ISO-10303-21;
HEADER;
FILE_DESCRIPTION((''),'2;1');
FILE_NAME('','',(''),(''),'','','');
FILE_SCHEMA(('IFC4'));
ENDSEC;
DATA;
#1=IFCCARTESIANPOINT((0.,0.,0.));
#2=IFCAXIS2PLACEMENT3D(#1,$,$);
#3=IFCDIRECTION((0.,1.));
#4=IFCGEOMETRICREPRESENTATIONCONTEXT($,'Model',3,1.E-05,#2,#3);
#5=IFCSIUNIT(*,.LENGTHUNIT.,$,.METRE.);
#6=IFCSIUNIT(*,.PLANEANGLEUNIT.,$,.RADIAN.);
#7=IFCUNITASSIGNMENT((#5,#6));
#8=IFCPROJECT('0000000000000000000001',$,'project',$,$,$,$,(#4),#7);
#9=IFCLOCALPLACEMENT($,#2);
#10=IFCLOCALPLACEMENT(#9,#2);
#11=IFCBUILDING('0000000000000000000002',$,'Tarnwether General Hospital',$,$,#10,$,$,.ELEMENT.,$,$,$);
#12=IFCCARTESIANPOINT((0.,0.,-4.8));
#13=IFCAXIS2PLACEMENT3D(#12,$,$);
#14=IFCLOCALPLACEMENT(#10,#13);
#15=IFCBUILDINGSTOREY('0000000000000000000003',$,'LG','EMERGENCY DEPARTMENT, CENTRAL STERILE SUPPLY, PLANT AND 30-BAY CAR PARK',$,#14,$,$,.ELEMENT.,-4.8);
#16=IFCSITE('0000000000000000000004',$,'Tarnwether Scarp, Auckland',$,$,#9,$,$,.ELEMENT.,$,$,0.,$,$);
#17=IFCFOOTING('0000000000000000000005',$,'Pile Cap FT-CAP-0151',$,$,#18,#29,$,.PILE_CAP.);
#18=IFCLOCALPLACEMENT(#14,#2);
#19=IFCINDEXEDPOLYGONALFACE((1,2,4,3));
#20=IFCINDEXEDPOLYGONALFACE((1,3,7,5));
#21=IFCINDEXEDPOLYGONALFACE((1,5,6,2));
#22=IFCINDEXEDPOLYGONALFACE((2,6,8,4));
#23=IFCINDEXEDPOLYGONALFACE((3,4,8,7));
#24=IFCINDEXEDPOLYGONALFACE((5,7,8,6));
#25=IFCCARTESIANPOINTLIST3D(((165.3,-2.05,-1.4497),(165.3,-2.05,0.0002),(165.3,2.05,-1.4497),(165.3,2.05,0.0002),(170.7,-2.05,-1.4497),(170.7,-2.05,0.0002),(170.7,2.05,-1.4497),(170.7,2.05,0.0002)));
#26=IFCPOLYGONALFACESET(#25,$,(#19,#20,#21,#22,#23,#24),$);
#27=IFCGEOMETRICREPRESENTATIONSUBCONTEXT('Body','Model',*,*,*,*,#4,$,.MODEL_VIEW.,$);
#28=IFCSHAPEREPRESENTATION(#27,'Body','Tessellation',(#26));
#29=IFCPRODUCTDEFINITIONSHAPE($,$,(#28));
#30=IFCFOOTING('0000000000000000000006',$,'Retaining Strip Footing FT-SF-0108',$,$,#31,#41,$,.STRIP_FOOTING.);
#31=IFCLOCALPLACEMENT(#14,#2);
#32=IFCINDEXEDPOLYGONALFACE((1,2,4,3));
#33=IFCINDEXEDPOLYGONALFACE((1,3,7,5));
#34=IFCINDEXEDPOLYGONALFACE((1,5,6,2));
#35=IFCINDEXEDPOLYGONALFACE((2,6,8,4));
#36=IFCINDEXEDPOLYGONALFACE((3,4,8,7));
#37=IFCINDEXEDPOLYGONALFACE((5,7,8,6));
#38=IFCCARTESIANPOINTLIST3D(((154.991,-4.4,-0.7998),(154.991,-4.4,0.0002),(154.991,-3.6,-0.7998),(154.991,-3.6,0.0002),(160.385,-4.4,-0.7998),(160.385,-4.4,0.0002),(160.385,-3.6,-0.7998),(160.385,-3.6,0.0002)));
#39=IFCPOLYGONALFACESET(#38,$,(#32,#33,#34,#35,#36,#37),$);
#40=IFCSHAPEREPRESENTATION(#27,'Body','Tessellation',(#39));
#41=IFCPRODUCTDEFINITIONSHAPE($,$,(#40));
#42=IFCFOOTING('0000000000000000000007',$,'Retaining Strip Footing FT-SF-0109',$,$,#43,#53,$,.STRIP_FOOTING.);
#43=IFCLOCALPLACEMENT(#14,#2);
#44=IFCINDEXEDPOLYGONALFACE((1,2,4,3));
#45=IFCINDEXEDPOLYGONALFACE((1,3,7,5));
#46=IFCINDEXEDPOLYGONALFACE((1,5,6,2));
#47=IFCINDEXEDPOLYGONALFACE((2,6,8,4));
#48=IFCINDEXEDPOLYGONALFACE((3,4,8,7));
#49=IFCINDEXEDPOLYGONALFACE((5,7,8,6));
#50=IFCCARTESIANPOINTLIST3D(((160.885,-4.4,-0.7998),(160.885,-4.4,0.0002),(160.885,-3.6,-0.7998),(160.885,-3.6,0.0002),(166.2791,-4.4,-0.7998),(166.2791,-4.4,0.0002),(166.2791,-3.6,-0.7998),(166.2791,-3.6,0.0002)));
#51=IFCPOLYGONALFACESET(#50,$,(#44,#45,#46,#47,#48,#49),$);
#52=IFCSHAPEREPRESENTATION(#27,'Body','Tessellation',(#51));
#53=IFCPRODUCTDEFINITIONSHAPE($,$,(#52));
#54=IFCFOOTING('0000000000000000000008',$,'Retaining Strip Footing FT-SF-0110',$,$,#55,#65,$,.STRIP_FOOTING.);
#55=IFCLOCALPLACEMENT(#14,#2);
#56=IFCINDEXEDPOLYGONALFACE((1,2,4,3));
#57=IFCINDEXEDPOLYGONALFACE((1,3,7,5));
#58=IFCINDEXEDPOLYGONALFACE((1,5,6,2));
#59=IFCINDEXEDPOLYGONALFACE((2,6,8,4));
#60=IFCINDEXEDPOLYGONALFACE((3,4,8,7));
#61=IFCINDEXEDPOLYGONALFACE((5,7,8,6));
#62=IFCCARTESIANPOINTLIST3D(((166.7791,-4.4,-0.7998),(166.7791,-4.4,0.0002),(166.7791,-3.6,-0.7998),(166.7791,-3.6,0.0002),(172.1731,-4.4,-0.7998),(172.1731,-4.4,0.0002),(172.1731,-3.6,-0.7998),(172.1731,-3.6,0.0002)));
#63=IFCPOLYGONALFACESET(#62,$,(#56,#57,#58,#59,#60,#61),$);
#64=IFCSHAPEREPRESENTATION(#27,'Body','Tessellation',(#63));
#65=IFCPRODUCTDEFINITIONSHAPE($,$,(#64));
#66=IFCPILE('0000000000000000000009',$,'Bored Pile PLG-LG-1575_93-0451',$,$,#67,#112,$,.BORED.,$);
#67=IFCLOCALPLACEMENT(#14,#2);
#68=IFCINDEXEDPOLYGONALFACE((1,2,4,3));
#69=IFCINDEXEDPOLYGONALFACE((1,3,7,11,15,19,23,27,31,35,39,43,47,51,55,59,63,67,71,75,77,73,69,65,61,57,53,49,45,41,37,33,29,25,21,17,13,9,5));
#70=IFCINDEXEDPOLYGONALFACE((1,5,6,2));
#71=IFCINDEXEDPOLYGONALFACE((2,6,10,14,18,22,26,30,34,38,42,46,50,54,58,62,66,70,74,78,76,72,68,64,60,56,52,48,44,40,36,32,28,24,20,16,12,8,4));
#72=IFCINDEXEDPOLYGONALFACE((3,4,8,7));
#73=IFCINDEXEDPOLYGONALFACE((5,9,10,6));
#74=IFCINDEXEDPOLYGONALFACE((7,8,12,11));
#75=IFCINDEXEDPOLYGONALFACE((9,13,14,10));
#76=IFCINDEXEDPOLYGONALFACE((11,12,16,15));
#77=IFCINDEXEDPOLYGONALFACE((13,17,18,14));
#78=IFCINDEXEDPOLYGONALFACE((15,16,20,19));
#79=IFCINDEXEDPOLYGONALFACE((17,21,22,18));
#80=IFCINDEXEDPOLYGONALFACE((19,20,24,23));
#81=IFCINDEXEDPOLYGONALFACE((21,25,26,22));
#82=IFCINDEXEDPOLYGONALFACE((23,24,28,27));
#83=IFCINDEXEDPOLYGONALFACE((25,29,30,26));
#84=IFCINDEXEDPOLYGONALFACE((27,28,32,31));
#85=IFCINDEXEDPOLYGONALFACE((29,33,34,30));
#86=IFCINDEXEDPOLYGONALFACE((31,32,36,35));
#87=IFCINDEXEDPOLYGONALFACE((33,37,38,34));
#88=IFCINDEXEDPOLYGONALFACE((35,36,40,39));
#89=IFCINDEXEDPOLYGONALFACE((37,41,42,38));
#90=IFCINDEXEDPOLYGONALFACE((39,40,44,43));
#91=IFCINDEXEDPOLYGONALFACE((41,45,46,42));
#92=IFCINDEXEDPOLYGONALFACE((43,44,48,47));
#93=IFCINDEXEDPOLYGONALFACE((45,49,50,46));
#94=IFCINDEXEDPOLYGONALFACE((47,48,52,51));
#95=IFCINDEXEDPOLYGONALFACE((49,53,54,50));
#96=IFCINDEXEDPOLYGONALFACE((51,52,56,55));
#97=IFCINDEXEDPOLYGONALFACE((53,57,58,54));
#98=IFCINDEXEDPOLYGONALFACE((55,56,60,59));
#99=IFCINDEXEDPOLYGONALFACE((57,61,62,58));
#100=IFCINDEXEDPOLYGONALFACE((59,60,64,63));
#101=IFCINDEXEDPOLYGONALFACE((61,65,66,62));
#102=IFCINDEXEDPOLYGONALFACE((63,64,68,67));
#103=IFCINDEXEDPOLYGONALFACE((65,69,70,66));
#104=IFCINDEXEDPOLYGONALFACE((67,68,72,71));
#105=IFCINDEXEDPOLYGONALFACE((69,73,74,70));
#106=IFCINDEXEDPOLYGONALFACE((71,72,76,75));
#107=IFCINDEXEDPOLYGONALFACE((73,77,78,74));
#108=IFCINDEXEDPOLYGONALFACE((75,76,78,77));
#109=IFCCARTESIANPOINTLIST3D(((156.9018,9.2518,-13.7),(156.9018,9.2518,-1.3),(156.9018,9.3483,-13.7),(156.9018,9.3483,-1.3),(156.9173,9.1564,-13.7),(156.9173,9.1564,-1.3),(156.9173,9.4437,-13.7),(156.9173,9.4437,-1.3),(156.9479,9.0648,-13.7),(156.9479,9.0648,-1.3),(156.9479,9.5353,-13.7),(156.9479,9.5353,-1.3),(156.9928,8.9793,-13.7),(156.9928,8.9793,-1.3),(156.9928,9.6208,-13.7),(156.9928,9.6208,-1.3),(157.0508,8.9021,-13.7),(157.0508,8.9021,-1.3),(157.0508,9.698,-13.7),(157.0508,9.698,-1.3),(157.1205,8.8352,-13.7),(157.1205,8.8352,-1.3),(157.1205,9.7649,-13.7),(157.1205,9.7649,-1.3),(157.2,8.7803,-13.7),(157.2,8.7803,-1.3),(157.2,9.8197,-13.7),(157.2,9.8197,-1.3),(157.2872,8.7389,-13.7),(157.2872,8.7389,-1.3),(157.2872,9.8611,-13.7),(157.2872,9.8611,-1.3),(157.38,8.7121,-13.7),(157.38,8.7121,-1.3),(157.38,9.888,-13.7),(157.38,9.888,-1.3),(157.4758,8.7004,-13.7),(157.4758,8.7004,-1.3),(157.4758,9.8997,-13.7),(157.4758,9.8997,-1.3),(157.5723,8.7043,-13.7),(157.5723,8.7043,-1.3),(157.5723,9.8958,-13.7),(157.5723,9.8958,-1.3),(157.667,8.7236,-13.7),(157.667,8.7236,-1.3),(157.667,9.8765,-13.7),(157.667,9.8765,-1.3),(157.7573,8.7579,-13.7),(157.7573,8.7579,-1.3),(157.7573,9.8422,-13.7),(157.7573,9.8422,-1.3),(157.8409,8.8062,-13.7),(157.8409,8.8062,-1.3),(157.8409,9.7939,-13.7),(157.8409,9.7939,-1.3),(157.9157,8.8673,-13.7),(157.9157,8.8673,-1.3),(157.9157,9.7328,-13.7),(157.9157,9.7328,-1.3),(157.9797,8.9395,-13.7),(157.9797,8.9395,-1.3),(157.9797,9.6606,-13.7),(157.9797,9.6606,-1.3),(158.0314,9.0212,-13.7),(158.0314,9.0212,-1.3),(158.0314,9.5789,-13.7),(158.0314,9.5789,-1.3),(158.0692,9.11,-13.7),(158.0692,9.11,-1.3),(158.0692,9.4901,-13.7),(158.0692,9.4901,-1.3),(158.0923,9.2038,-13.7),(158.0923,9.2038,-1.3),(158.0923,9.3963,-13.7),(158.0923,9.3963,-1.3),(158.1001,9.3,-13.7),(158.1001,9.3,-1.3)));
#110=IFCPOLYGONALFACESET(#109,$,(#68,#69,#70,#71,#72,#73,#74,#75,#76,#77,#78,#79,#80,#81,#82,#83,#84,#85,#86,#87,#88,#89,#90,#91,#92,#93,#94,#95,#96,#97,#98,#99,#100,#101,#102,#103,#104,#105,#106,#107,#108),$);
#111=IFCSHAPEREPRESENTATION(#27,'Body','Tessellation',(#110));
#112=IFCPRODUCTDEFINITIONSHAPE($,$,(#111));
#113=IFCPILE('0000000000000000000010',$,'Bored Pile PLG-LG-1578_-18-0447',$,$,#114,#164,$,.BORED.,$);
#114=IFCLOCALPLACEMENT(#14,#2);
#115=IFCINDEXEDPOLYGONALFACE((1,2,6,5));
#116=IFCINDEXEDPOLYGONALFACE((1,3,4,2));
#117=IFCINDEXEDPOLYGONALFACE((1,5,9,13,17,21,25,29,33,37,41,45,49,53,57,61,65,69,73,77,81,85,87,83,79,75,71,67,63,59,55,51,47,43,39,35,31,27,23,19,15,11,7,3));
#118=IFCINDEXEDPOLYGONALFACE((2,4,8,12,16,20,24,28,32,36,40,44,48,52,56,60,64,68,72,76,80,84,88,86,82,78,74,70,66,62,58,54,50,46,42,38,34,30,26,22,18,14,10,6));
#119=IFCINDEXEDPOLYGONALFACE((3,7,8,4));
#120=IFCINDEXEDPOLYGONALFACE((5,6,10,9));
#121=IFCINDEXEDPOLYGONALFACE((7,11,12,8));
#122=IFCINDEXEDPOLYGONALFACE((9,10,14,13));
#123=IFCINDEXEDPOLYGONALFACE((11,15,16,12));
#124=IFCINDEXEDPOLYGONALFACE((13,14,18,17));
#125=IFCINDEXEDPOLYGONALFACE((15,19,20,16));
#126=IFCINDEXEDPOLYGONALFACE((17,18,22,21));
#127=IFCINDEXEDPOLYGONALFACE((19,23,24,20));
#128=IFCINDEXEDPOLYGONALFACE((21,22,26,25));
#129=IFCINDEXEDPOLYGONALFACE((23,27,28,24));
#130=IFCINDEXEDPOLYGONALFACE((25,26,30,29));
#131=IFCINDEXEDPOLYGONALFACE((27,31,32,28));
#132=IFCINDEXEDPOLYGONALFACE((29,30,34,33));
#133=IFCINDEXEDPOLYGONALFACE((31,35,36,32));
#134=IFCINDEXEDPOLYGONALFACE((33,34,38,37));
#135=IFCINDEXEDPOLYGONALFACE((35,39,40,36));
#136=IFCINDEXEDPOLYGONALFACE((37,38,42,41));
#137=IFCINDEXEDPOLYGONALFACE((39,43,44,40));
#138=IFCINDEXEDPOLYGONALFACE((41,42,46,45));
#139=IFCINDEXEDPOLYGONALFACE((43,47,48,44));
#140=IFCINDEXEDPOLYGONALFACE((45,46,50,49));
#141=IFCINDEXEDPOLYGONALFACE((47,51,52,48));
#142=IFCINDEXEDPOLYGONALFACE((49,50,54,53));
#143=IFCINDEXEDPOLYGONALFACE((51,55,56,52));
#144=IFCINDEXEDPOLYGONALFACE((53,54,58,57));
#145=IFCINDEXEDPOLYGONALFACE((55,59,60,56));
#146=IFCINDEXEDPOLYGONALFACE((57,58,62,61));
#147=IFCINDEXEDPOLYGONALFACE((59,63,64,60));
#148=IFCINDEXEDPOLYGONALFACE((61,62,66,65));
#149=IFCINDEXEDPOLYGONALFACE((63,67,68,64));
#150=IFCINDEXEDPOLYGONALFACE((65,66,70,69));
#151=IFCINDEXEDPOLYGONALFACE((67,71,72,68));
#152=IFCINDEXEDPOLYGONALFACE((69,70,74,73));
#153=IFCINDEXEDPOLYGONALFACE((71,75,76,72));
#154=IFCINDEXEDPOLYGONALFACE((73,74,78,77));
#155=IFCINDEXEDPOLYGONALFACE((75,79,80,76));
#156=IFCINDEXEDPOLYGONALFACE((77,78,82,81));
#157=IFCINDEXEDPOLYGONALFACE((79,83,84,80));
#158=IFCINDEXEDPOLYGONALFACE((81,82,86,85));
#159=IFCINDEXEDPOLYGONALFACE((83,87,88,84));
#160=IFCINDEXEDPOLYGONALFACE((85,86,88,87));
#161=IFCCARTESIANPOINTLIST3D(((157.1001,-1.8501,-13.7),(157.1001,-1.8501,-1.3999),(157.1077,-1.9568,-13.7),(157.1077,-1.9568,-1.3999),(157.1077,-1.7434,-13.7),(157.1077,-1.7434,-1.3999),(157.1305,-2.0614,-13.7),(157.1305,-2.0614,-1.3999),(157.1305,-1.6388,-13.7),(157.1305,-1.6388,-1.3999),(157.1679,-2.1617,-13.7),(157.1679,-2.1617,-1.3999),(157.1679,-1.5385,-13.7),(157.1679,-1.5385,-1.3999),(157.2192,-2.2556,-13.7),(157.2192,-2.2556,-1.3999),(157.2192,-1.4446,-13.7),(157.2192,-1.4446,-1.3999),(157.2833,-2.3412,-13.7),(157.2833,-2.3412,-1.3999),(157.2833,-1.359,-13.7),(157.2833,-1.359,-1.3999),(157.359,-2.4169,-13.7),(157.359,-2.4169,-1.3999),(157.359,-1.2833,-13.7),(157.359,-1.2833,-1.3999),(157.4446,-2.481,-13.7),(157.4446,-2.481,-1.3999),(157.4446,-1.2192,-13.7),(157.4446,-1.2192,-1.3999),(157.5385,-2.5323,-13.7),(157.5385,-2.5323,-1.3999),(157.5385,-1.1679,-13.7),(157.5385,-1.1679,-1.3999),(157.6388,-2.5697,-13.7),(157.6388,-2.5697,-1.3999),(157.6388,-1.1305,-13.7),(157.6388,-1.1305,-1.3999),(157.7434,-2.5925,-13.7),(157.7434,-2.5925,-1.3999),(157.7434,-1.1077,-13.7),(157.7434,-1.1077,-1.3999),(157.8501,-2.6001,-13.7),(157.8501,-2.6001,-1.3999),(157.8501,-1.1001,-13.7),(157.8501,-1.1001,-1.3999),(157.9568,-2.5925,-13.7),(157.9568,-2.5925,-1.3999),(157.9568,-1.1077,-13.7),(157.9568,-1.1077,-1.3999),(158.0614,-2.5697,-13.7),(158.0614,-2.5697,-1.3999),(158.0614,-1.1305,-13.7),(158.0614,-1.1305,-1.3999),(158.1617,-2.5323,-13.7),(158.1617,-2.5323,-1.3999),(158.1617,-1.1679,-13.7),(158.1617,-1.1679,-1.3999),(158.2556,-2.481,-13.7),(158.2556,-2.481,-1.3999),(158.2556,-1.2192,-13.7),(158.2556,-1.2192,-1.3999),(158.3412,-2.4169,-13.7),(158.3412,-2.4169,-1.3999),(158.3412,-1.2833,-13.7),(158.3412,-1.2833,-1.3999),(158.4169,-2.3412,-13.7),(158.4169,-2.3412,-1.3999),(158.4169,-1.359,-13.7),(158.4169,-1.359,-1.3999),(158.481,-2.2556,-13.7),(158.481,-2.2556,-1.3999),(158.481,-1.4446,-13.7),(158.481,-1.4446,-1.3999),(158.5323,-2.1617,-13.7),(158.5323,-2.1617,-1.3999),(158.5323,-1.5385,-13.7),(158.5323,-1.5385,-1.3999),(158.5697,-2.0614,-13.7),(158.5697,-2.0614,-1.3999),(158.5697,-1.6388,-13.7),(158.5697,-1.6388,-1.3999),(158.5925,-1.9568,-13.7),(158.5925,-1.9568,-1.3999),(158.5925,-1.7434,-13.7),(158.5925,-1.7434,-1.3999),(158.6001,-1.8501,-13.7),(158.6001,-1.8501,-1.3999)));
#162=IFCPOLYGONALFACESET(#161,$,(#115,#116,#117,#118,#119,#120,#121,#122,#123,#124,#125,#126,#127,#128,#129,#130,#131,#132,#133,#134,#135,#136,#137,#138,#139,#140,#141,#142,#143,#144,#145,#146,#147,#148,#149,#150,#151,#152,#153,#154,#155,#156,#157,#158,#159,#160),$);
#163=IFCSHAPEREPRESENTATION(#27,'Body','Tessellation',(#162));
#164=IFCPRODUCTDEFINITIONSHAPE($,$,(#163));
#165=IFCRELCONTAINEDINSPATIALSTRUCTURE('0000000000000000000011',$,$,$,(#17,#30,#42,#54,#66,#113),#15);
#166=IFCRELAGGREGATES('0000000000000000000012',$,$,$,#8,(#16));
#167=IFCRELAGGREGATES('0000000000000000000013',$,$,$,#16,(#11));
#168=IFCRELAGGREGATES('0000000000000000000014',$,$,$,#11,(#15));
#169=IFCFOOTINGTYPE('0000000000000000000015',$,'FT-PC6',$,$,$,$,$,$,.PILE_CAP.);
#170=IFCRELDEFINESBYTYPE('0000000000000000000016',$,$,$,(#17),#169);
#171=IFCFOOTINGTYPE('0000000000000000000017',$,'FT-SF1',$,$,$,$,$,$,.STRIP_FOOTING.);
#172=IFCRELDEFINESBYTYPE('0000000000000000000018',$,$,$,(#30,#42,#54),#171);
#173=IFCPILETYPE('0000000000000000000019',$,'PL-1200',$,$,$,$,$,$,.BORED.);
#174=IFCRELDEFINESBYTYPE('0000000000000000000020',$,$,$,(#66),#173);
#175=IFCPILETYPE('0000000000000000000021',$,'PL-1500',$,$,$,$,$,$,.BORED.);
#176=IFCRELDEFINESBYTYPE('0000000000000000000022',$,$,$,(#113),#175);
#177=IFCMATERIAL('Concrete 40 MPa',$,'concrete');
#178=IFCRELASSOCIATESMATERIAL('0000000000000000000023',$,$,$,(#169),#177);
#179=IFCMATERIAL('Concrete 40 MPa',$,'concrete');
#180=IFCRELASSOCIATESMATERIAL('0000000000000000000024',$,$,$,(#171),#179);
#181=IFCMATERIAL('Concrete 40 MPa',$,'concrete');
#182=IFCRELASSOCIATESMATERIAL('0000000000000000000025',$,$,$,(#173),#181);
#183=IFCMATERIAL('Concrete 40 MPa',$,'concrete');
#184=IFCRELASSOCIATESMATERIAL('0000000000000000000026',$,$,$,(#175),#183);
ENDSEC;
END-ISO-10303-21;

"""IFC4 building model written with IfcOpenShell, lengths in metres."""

from ifc_helpers import new_model, si_unit, direction, frame, origin, origin_2d, place, context, subcontext, project, spatial, rectangle, circle, extrude, material, material_profile, profile_set, type_object, element, save


model = new_model("IFC4")

# Units and contexts
model_context = context("Model", 3, precision=1e-05, world=origin(), true_north=direction((0.0, 1.0)))
body_context = subcontext(model_context, "Body", "Model", "MODEL_VIEW")
ifc_project = project(units=[si_unit("LENGTHUNIT", "METRE"), si_unit("PLANEANGLEUNIT", "RADIAN")], contexts=[model_context])

# Site, building, storey
site_placement = place(None, origin())
site = spatial("IfcSite", under=ifc_project, at=site_placement, Name="Tarnwether Scarp, Auckland", CompositionType="ELEMENT", RefElevation=0.0)
building_placement = place(site_placement, origin())
building = spatial("IfcBuilding", under=site, at=building_placement, Name="Tarnwether General Hospital", CompositionType="ELEMENT")
storey_placement = place(building_placement, frame((0.0, 0.0, -4.8)))
storey = spatial("IfcBuildingStorey", under=building, at=storey_placement, Name="LG", Description="EMERGENCY DEPARTMENT, CENTRAL STERILE SUPPLY, PLANT AND 30-BAY CAR PARK", CompositionType="ELEMENT", Elevation=-4.8)

# Footings
ifc_material_1 = material(Name="Concrete 40 MPa", Category="concrete")
footing_type_1 = type_object("IfcFootingType", Name="FT-PC6", PredefinedType="PILE_CAP", material=ifc_material_1)
footing_placement = place(storey_placement, frame((168.0, 0.0, -1.4497), z_axis=(0.0, 0.0, 1.0), x_axis=(1.0, 0.0, 0.0)))
element("IfcFooting", 1, at=footing_placement, inside=storey, type_object=footing_type_1, Name="Pile Cap FT-CAP-0151", PredefinedType="PILE_CAP", context=body_context, shape_type="SweptSolid", body=[
    extrude(rectangle(XDim=5.3999, YDim=4.1001, at=origin_2d()), origin(), (0.0, 0.0, 1.0), 1.45),
])
ifc_material_2 = material(Name="Concrete 40 MPa", Category="concrete")
footing_type_2 = type_object("IfcFootingType", Name="FT-SF1", PredefinedType="STRIP_FOOTING", material=ifc_material_2)
for number, where, z_axis, x_axis, name in (
    (2, (157.688, -4.0, -0.7998), (0.0, 0.0, 1.0), (1.0, 0.0, 0.0), "Retaining Strip Footing FT-SF-0108"),
    (3, (163.582, -4.0, -0.7998), (0.0, 0.0, 1.0), (1.0, 0.0, 0.0), "Retaining Strip Footing FT-SF-0109"),
    (4, (169.4761, -4.0, -0.7998), (0.0, 0.0, 1.0), (1.0, 0.0, 0.0), "Retaining Strip Footing FT-SF-0110"),
):
    element("IfcFooting", number, at=place(storey_placement, frame(where, z_axis=z_axis, x_axis=x_axis)), inside=storey, type_object=footing_type_2, Name=name, PredefinedType="STRIP_FOOTING", context=body_context, shape_type="SweptSolid", body=[
        extrude(rectangle(XDim=5.394, YDim=0.8, at=origin_2d()), origin(), (0.0, 0.0, 1.0), 0.8),
    ])

# Piles
ifc_material_3 = material(Name="Concrete 40 MPa", Category="concrete")
ifc_material_profile_1 = material_profile(ifc_material_3, circle(Radius=0.6001, at=origin_2d()), Name="PILE-D1200")
ifc_profile_set_1 = profile_set([ifc_material_profile_1], Name="Concrete 40 MPa")
pile_type_1 = type_object("IfcPileType", Name="PL-1200", PredefinedType="BORED", material=ifc_profile_set_1)
pile_placement = place(storey_placement, frame((157.5, 9.3, -1.3), z_axis=(0.0, 0.0, -1.0), x_axis=(1.0, 0.0, 0.0)))
element("IfcPile", 5, at=pile_placement, inside=storey, type_object=pile_type_1, Name="Bored Pile PLG-LG-1575_93-0451", PredefinedType="BORED", context=body_context, shape_type="SweptSolid", body=[
    extrude(circle(Radius=0.6001, at=origin_2d()), origin(), (0.0, 0.0, 1.0), 12.3999),
])
ifc_material_4 = material(Name="Concrete 40 MPa", Category="concrete")
ifc_material_profile_2 = material_profile(ifc_material_4, circle(Radius=0.75, at=origin_2d()), Name="PILE-D1500")
ifc_profile_set_2 = profile_set([ifc_material_profile_2], Name="Concrete 40 MPa")
pile_type_2 = type_object("IfcPileType", Name="PL-1500", PredefinedType="BORED", material=ifc_profile_set_2)
for number, where, z_axis, x_axis, name in (
    (6, (157.8501, -1.8501, -1.3999), (0.0, 0.0, -1.0), (1.0, 0.0, 0.0), "Bored Pile PLG-LG-1578_-18-0447"),
):
    element("IfcPile", number, at=place(storey_placement, frame(where, z_axis=z_axis, x_axis=x_axis)), inside=storey, type_object=pile_type_2, Name=name, PredefinedType="BORED", context=body_context, shape_type="SweptSolid", body=[
        extrude(circle(Radius=0.75, at=origin_2d()), origin(), (0.0, 0.0, 1.0), 12.3),
    ])

save(model, "model.ifc")
